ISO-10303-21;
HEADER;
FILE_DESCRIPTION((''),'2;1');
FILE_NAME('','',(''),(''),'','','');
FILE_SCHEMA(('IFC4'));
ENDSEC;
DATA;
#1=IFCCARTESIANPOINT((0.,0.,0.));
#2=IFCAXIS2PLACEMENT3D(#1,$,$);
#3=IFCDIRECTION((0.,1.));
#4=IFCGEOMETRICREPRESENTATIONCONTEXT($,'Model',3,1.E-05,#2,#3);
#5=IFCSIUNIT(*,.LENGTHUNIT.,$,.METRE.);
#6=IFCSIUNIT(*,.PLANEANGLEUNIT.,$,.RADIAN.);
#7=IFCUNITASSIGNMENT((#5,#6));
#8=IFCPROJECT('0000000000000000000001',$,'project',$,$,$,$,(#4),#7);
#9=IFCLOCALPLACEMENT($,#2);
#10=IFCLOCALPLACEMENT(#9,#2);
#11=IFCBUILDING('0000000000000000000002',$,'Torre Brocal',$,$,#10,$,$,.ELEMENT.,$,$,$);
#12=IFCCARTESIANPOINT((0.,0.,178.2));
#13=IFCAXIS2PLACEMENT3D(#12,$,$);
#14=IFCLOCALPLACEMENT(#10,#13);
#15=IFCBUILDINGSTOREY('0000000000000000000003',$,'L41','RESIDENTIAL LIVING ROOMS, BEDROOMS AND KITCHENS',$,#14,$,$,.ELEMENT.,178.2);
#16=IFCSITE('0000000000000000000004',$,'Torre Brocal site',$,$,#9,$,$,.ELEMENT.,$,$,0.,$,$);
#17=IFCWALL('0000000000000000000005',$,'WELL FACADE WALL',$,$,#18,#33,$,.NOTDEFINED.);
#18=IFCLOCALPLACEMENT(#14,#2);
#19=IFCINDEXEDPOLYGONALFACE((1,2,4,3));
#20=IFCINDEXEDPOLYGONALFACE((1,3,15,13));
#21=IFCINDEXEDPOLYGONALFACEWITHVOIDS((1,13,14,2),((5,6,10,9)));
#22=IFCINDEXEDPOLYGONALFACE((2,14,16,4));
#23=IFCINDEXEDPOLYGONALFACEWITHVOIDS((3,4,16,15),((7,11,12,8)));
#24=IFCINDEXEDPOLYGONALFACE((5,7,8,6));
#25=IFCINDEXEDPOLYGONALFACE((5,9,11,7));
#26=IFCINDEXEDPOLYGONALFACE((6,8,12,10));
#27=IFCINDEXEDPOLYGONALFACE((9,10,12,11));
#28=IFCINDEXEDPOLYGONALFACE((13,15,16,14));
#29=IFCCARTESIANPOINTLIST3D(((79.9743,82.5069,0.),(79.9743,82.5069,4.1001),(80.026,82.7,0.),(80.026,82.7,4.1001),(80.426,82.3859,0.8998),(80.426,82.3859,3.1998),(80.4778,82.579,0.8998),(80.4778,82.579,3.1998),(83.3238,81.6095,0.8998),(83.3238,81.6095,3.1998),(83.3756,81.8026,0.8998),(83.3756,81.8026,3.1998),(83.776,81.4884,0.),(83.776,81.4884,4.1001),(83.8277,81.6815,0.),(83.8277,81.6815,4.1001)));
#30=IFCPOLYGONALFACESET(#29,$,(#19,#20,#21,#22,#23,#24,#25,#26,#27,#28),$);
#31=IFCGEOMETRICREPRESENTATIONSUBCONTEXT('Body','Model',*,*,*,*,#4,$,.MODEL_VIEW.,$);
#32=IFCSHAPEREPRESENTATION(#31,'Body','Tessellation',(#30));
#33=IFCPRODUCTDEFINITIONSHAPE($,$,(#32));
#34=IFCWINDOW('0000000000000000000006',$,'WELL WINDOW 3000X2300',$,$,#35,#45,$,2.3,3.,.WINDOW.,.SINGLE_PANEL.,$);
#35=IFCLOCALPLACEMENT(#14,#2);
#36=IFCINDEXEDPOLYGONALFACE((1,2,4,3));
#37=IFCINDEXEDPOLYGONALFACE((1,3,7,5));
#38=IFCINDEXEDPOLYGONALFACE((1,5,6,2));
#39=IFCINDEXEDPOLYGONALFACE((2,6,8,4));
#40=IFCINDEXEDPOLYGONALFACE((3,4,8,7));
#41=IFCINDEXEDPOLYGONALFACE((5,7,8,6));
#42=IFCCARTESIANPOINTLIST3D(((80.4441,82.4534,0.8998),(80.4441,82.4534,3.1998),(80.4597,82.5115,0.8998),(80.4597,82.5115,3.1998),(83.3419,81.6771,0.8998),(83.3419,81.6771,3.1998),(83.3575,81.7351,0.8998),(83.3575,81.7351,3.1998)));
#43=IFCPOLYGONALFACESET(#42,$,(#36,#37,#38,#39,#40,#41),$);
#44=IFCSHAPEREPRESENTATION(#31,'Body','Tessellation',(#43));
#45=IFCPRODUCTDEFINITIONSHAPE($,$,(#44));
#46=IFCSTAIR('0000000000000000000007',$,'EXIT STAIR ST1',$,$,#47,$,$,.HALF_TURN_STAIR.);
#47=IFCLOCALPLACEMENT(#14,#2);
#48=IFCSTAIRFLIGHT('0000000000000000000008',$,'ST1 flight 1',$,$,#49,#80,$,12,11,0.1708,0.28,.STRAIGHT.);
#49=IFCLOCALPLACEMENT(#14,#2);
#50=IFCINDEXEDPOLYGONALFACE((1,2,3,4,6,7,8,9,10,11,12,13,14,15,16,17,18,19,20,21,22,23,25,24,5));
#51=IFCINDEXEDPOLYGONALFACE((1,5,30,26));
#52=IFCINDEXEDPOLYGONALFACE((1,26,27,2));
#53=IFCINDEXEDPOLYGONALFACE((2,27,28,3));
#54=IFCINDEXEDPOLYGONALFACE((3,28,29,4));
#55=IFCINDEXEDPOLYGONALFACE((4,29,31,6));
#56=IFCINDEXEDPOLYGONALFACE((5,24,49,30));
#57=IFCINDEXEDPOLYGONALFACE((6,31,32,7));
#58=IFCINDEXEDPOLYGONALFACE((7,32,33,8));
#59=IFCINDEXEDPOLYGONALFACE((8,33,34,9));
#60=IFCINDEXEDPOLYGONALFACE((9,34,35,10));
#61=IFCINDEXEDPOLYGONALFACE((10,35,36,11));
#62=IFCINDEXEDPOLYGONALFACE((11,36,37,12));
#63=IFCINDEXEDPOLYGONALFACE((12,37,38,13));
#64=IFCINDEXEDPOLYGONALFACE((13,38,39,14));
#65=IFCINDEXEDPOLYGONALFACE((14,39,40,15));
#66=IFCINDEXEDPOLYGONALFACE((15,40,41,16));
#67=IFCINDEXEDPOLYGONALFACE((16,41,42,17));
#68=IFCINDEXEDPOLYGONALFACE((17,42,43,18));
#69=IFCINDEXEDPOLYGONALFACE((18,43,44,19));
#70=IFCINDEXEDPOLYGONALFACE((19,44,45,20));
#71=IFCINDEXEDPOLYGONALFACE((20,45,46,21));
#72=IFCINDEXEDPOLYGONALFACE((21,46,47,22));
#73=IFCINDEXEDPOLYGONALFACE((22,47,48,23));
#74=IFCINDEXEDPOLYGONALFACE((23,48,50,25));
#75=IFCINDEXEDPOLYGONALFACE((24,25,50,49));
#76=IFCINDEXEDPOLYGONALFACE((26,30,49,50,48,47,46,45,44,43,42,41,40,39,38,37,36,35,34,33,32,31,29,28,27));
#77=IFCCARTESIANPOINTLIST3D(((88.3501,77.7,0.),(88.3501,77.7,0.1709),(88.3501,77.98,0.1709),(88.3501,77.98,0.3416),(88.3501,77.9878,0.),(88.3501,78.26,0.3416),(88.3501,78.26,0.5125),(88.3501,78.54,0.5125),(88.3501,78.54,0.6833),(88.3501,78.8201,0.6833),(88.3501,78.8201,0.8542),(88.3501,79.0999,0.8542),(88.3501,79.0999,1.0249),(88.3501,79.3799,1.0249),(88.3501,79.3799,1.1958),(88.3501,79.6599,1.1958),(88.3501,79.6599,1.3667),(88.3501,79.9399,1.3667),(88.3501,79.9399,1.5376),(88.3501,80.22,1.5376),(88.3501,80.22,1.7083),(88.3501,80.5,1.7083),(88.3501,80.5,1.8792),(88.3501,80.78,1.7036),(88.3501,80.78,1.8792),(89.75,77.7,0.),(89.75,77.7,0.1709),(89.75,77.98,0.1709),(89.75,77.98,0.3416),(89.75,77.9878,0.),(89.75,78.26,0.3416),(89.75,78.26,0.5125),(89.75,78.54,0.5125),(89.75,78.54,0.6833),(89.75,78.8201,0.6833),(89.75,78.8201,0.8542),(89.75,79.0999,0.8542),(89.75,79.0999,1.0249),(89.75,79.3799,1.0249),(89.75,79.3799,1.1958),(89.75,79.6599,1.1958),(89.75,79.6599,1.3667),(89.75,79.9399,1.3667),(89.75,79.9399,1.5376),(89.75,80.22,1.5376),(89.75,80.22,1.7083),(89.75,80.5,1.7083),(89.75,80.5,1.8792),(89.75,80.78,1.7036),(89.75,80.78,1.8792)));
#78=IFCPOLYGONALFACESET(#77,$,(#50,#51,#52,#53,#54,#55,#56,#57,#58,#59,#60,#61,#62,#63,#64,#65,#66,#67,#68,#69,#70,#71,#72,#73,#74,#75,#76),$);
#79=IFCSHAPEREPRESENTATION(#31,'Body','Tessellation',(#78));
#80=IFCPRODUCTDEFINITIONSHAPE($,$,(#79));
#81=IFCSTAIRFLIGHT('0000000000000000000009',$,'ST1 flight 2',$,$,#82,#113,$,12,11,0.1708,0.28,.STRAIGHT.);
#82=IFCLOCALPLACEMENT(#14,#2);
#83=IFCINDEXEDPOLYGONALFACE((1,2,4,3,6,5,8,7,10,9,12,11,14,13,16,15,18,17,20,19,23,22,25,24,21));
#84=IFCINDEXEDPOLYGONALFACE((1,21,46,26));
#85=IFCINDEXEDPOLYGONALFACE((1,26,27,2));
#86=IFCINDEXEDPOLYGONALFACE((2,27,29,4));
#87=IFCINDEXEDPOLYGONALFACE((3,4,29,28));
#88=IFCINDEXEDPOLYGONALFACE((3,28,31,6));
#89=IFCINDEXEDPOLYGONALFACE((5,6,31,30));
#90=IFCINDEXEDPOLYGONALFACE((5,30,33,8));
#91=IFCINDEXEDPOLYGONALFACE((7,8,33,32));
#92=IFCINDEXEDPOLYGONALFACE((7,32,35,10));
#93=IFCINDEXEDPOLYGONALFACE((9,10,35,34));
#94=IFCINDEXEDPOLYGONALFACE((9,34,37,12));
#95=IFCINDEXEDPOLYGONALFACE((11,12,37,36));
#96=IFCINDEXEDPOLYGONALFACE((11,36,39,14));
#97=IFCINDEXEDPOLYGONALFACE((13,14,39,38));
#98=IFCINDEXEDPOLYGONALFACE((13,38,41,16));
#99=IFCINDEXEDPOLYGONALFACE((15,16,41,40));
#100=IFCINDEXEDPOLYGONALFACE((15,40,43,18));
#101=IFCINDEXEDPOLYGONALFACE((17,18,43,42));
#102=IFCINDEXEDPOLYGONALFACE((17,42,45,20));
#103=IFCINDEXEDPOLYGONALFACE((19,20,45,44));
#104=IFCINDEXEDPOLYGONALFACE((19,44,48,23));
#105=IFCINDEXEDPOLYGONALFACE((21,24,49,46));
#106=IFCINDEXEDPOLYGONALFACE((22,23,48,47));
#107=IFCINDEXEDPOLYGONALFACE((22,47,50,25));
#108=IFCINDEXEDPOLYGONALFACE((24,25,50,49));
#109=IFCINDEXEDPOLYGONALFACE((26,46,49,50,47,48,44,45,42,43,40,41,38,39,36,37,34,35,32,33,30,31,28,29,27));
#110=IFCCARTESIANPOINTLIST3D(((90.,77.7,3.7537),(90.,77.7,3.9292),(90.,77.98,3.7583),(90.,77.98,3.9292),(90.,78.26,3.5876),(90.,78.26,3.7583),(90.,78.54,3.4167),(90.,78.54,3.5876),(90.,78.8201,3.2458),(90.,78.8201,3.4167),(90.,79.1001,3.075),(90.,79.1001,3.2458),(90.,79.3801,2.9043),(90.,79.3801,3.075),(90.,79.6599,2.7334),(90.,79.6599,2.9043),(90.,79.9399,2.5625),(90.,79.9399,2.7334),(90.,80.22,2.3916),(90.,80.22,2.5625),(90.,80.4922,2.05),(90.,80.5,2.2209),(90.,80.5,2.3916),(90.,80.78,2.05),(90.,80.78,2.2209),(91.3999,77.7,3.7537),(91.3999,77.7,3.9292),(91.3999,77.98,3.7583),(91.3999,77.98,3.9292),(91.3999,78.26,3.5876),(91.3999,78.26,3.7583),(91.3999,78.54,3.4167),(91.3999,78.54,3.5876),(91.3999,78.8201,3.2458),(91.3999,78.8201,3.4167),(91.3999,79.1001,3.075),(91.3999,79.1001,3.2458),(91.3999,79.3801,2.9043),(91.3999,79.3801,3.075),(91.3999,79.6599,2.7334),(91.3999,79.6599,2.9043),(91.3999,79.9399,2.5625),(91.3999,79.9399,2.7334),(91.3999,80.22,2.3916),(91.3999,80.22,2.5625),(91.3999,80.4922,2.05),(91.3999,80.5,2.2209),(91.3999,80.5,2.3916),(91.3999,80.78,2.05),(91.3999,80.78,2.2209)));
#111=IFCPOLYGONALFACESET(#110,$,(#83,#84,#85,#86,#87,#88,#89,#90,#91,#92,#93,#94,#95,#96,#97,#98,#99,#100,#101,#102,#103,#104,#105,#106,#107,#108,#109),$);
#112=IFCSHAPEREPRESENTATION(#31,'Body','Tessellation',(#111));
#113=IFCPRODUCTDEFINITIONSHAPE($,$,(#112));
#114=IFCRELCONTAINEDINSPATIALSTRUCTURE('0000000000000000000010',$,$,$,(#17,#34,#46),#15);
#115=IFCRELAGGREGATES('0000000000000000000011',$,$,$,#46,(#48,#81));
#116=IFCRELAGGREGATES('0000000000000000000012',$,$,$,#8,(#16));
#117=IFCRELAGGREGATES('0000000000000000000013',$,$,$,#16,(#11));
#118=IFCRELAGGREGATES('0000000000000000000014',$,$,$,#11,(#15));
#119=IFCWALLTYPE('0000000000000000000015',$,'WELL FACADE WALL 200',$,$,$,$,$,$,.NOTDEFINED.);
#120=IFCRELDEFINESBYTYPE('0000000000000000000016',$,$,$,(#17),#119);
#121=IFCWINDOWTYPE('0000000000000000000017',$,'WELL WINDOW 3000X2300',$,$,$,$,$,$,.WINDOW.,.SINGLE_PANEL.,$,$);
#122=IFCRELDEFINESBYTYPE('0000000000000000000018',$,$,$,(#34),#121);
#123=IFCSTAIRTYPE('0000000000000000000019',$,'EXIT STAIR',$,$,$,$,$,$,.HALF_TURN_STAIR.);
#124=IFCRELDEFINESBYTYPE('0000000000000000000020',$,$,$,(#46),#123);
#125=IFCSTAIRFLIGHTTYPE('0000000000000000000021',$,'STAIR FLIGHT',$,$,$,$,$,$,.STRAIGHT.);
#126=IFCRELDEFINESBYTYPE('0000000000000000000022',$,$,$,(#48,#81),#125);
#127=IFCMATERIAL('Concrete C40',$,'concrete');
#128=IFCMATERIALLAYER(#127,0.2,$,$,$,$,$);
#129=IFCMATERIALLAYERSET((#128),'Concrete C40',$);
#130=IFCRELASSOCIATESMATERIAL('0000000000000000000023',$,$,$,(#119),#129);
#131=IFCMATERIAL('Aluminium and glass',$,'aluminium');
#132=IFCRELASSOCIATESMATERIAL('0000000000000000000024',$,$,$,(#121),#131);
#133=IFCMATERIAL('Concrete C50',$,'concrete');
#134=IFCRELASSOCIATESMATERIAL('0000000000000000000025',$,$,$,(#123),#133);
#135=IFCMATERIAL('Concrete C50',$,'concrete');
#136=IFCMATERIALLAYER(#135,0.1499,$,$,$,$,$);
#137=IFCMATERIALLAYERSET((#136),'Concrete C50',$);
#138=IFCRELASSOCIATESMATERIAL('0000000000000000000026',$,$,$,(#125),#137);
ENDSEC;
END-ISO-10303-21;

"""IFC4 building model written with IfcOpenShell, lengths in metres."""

from ifc_helpers import new_model, si_unit, direction, frame, frame_2d, origin, place, context, subcontext, project, spatial, polyline, rectangle, outline, extrude, material, layer, layer_set, type_object, element, fill, aggregate, save


model = new_model("IFC4")

# Units and contexts
model_context = context("Model", 3, precision=1e-05, world=origin(), true_north=direction((0.0, 1.0)))
body_context = subcontext(model_context, "Body", "Model", "MODEL_VIEW")
ifc_project = project(units=[si_unit("LENGTHUNIT", "METRE"), si_unit("PLANEANGLEUNIT", "RADIAN")], contexts=[model_context])

# Site, building, storey
site_placement = place(None, origin())
site = spatial("IfcSite", under=ifc_project, at=site_placement, Name="Torre Brocal site", CompositionType="ELEMENT", RefElevation=0.0)
building_placement = place(site_placement, origin())
building = spatial("IfcBuilding", under=site, at=building_placement, Name="Torre Brocal", CompositionType="ELEMENT")
storey_placement = place(building_placement, frame((0.0, 0.0, 178.2)))
storey = spatial("IfcBuildingStorey", under=building, at=storey_placement, Name="L41", Description="RESIDENTIAL LIVING ROOMS, BEDROOMS AND KITCHENS", CompositionType="ELEMENT", Elevation=178.2)

# Wall, opening, window
ifc_material_1 = material(Name="Concrete C40", Category="concrete")
ifc_layer_1 = layer(ifc_material_1, 0.2)
ifc_layer_set_1 = layer_set([ifc_layer_1], Name="Concrete C40")
wall_type_1 = type_object("IfcWallType", Name="WELL FACADE WALL 200", PredefinedType="NOTDEFINED", material=ifc_layer_set_1)
ifc_material_2 = material(Name="Aluminium and glass", Category="aluminium")
window_type = type_object("IfcWindowType", Name="WELL WINDOW 3000X2300", PartitioningType="SINGLE_PANEL", PredefinedType="WINDOW", material=ifc_material_2)
wall_1_placement = place(storey_placement, frame((83.8018, 81.585, 0.0), z_axis=(0.0, 0.0, 1.0), x_axis=(-0.965934, 0.25879, 0.0)))
wall_1 = element("IfcWall", 1, at=wall_1_placement, inside=storey, type_object=wall_type_1, Name="WELL FACADE WALL", PredefinedType="NOTDEFINED", context=body_context, shape_type="SweptSolid", body=[
    extrude(rectangle(XDim=3.9358, YDim=0.2, at=frame_2d((1.9678, 0.0))), origin(), (0.0, 0.0, 1.0), 4.1001),
])
opening_1_placement = place(wall_1_placement, frame((0.468, 0.0, 0.8999)))
opening_1 = element("IfcOpeningElement", 2, at=opening_1_placement, cuts=wall_1, PredefinedType="OPENING", context=body_context, shape_type="SweptSolid", body=[
    extrude(rectangle(XDim=3.0, YDim=2.3, at=frame_2d((1.5, 1.1499))), frame((0.0, 0.1099, 0.0), z_axis=(0.0, -1.0, 0.0), x_axis=(1.0, 0.0, 0.0)), (0.0, 0.0, 1.0), 0.22),
])
window_1_placement = place(opening_1_placement, origin())
window_1 = element("IfcWindow", 3, at=window_1_placement, inside=storey, type_object=window_type, Name="WELL WINDOW 3000X2300", OverallHeight=2.3, OverallWidth=3.0, PartitioningType="SINGLE_PANEL", PredefinedType="WINDOW", context=body_context, shape_type="SweptSolid", body=[
    extrude(rectangle(XDim=3.0, YDim=2.3, at=frame_2d((1.5, 1.1499))), frame((0.0, 0.03, 0.0), z_axis=(0.0, -1.0, 0.0), x_axis=(1.0, 0.0, 0.0)), (0.0, 0.0, 1.0), 0.0601),
])
fill(opening_1, window_1)

# Stair, stair flights
ifc_material_3 = material(Name="Concrete C50", Category="concrete")
stair_type = type_object("IfcStairType", Name="EXIT STAIR", PredefinedType="HALF_TURN_STAIR", material=ifc_material_3)
stair_placement = place(storey_placement, origin())
stair = element("IfcStair", 4, at=stair_placement, inside=storey, type_object=stair_type, Name="EXIT STAIR ST1", PredefinedType="HALF_TURN_STAIR")
ifc_material_4 = material(Name="Concrete C50", Category="concrete")
ifc_layer_2 = layer(ifc_material_4, 0.1499)
ifc_layer_set_2 = layer_set([ifc_layer_2], Name="Concrete C50")
stair_flight_type = type_object("IfcStairFlightType", Name="STAIR FLIGHT", PredefinedType="STRAIGHT", material=ifc_layer_set_2)
stair_flight_1_placement = place(storey_placement, frame((89.05, 77.7, 0.0), z_axis=(0.0, 0.0, 1.0), x_axis=(0.0, 1.0, 0.0)))
stair_flight_1 = element("IfcStairFlight", 5, at=stair_flight_1_placement, type_object=stair_flight_type, Name="ST1 flight 1", NumberOfRisers=12, NumberOfTreads=11, PredefinedType="STRAIGHT", RiserHeight=0.1708, TreadLength=0.28, context=body_context, shape_type="SweptSolid", body=[
    extrude(outline(polyline([(0.0, 0.0), (0.0, 0.1709), (0.28, 0.1709), (0.28, 0.3416), (0.5601, 0.3416), (0.5601, 0.5125), (0.8401, 0.5125), (0.8401, 0.6833), (1.1201, 0.6833), (1.1201, 0.8542), (1.3999, 0.8542), (1.3999, 1.0249), (1.6799, 1.0249), (1.6799, 1.1958), (1.96, 1.1958), (1.96, 1.3667), (2.24, 1.3667), (2.24, 1.5376), (2.52, 1.5376), (2.52, 1.7083), (2.8, 1.7083), (2.8, 1.8792), (3.0801, 1.8792), (3.0801, 2.05), (3.0801, 1.7036), (0.2878, 0.0), (0.0, 0.0)])), frame((0.0, 0.7, 0.0), z_axis=(0.0, -1.0, 0.0), x_axis=(1.0, 0.0, 0.0)), (0.0, 0.0, 1.0), 1.3999),
])
stair_flight_2_placement = place(storey_placement, frame((90.7, 80.78, 2.05), z_axis=(0.0, 0.0, 1.0), x_axis=(0.0, -1.0, 0.0)))
stair_flight_2 = element("IfcStairFlight", 6, at=stair_flight_2_placement, type_object=stair_flight_type, Name="ST1 flight 2", NumberOfRisers=12, NumberOfTreads=11, PredefinedType="STRAIGHT", RiserHeight=0.1708, TreadLength=0.28, context=body_context, shape_type="SweptSolid", body=[
    extrude(outline(polyline([(0.0, 0.0), (0.0, 0.1709), (0.28, 0.1709), (0.28, 0.3416), (0.5601, 0.3416), (0.5601, 0.5125), (0.8401, 0.5125), (0.8401, 0.6833), (1.1201, 0.6833), (1.1201, 0.8542), (1.3999, 0.8542), (1.3999, 1.0249), (1.6799, 1.0249), (1.6799, 1.1958), (1.96, 1.1958), (1.96, 1.3667), (2.24, 1.3667), (2.24, 1.5376), (2.52, 1.5376), (2.52, 1.7083), (2.8, 1.7083), (2.8, 1.8792), (3.0801, 1.8792), (3.0801, 2.05), (3.0801, 1.7036), (0.2878, 0.0), (0.0, 0.0)])), frame((0.0, 0.7, 0.0), z_axis=(0.0, -1.0, 0.0), x_axis=(1.0, 0.0, 0.0)), (0.0, 0.0, 1.0), 1.3999),
])
aggregate(stair, [stair_flight_1, stair_flight_2])

save(model, "model.ifc")
